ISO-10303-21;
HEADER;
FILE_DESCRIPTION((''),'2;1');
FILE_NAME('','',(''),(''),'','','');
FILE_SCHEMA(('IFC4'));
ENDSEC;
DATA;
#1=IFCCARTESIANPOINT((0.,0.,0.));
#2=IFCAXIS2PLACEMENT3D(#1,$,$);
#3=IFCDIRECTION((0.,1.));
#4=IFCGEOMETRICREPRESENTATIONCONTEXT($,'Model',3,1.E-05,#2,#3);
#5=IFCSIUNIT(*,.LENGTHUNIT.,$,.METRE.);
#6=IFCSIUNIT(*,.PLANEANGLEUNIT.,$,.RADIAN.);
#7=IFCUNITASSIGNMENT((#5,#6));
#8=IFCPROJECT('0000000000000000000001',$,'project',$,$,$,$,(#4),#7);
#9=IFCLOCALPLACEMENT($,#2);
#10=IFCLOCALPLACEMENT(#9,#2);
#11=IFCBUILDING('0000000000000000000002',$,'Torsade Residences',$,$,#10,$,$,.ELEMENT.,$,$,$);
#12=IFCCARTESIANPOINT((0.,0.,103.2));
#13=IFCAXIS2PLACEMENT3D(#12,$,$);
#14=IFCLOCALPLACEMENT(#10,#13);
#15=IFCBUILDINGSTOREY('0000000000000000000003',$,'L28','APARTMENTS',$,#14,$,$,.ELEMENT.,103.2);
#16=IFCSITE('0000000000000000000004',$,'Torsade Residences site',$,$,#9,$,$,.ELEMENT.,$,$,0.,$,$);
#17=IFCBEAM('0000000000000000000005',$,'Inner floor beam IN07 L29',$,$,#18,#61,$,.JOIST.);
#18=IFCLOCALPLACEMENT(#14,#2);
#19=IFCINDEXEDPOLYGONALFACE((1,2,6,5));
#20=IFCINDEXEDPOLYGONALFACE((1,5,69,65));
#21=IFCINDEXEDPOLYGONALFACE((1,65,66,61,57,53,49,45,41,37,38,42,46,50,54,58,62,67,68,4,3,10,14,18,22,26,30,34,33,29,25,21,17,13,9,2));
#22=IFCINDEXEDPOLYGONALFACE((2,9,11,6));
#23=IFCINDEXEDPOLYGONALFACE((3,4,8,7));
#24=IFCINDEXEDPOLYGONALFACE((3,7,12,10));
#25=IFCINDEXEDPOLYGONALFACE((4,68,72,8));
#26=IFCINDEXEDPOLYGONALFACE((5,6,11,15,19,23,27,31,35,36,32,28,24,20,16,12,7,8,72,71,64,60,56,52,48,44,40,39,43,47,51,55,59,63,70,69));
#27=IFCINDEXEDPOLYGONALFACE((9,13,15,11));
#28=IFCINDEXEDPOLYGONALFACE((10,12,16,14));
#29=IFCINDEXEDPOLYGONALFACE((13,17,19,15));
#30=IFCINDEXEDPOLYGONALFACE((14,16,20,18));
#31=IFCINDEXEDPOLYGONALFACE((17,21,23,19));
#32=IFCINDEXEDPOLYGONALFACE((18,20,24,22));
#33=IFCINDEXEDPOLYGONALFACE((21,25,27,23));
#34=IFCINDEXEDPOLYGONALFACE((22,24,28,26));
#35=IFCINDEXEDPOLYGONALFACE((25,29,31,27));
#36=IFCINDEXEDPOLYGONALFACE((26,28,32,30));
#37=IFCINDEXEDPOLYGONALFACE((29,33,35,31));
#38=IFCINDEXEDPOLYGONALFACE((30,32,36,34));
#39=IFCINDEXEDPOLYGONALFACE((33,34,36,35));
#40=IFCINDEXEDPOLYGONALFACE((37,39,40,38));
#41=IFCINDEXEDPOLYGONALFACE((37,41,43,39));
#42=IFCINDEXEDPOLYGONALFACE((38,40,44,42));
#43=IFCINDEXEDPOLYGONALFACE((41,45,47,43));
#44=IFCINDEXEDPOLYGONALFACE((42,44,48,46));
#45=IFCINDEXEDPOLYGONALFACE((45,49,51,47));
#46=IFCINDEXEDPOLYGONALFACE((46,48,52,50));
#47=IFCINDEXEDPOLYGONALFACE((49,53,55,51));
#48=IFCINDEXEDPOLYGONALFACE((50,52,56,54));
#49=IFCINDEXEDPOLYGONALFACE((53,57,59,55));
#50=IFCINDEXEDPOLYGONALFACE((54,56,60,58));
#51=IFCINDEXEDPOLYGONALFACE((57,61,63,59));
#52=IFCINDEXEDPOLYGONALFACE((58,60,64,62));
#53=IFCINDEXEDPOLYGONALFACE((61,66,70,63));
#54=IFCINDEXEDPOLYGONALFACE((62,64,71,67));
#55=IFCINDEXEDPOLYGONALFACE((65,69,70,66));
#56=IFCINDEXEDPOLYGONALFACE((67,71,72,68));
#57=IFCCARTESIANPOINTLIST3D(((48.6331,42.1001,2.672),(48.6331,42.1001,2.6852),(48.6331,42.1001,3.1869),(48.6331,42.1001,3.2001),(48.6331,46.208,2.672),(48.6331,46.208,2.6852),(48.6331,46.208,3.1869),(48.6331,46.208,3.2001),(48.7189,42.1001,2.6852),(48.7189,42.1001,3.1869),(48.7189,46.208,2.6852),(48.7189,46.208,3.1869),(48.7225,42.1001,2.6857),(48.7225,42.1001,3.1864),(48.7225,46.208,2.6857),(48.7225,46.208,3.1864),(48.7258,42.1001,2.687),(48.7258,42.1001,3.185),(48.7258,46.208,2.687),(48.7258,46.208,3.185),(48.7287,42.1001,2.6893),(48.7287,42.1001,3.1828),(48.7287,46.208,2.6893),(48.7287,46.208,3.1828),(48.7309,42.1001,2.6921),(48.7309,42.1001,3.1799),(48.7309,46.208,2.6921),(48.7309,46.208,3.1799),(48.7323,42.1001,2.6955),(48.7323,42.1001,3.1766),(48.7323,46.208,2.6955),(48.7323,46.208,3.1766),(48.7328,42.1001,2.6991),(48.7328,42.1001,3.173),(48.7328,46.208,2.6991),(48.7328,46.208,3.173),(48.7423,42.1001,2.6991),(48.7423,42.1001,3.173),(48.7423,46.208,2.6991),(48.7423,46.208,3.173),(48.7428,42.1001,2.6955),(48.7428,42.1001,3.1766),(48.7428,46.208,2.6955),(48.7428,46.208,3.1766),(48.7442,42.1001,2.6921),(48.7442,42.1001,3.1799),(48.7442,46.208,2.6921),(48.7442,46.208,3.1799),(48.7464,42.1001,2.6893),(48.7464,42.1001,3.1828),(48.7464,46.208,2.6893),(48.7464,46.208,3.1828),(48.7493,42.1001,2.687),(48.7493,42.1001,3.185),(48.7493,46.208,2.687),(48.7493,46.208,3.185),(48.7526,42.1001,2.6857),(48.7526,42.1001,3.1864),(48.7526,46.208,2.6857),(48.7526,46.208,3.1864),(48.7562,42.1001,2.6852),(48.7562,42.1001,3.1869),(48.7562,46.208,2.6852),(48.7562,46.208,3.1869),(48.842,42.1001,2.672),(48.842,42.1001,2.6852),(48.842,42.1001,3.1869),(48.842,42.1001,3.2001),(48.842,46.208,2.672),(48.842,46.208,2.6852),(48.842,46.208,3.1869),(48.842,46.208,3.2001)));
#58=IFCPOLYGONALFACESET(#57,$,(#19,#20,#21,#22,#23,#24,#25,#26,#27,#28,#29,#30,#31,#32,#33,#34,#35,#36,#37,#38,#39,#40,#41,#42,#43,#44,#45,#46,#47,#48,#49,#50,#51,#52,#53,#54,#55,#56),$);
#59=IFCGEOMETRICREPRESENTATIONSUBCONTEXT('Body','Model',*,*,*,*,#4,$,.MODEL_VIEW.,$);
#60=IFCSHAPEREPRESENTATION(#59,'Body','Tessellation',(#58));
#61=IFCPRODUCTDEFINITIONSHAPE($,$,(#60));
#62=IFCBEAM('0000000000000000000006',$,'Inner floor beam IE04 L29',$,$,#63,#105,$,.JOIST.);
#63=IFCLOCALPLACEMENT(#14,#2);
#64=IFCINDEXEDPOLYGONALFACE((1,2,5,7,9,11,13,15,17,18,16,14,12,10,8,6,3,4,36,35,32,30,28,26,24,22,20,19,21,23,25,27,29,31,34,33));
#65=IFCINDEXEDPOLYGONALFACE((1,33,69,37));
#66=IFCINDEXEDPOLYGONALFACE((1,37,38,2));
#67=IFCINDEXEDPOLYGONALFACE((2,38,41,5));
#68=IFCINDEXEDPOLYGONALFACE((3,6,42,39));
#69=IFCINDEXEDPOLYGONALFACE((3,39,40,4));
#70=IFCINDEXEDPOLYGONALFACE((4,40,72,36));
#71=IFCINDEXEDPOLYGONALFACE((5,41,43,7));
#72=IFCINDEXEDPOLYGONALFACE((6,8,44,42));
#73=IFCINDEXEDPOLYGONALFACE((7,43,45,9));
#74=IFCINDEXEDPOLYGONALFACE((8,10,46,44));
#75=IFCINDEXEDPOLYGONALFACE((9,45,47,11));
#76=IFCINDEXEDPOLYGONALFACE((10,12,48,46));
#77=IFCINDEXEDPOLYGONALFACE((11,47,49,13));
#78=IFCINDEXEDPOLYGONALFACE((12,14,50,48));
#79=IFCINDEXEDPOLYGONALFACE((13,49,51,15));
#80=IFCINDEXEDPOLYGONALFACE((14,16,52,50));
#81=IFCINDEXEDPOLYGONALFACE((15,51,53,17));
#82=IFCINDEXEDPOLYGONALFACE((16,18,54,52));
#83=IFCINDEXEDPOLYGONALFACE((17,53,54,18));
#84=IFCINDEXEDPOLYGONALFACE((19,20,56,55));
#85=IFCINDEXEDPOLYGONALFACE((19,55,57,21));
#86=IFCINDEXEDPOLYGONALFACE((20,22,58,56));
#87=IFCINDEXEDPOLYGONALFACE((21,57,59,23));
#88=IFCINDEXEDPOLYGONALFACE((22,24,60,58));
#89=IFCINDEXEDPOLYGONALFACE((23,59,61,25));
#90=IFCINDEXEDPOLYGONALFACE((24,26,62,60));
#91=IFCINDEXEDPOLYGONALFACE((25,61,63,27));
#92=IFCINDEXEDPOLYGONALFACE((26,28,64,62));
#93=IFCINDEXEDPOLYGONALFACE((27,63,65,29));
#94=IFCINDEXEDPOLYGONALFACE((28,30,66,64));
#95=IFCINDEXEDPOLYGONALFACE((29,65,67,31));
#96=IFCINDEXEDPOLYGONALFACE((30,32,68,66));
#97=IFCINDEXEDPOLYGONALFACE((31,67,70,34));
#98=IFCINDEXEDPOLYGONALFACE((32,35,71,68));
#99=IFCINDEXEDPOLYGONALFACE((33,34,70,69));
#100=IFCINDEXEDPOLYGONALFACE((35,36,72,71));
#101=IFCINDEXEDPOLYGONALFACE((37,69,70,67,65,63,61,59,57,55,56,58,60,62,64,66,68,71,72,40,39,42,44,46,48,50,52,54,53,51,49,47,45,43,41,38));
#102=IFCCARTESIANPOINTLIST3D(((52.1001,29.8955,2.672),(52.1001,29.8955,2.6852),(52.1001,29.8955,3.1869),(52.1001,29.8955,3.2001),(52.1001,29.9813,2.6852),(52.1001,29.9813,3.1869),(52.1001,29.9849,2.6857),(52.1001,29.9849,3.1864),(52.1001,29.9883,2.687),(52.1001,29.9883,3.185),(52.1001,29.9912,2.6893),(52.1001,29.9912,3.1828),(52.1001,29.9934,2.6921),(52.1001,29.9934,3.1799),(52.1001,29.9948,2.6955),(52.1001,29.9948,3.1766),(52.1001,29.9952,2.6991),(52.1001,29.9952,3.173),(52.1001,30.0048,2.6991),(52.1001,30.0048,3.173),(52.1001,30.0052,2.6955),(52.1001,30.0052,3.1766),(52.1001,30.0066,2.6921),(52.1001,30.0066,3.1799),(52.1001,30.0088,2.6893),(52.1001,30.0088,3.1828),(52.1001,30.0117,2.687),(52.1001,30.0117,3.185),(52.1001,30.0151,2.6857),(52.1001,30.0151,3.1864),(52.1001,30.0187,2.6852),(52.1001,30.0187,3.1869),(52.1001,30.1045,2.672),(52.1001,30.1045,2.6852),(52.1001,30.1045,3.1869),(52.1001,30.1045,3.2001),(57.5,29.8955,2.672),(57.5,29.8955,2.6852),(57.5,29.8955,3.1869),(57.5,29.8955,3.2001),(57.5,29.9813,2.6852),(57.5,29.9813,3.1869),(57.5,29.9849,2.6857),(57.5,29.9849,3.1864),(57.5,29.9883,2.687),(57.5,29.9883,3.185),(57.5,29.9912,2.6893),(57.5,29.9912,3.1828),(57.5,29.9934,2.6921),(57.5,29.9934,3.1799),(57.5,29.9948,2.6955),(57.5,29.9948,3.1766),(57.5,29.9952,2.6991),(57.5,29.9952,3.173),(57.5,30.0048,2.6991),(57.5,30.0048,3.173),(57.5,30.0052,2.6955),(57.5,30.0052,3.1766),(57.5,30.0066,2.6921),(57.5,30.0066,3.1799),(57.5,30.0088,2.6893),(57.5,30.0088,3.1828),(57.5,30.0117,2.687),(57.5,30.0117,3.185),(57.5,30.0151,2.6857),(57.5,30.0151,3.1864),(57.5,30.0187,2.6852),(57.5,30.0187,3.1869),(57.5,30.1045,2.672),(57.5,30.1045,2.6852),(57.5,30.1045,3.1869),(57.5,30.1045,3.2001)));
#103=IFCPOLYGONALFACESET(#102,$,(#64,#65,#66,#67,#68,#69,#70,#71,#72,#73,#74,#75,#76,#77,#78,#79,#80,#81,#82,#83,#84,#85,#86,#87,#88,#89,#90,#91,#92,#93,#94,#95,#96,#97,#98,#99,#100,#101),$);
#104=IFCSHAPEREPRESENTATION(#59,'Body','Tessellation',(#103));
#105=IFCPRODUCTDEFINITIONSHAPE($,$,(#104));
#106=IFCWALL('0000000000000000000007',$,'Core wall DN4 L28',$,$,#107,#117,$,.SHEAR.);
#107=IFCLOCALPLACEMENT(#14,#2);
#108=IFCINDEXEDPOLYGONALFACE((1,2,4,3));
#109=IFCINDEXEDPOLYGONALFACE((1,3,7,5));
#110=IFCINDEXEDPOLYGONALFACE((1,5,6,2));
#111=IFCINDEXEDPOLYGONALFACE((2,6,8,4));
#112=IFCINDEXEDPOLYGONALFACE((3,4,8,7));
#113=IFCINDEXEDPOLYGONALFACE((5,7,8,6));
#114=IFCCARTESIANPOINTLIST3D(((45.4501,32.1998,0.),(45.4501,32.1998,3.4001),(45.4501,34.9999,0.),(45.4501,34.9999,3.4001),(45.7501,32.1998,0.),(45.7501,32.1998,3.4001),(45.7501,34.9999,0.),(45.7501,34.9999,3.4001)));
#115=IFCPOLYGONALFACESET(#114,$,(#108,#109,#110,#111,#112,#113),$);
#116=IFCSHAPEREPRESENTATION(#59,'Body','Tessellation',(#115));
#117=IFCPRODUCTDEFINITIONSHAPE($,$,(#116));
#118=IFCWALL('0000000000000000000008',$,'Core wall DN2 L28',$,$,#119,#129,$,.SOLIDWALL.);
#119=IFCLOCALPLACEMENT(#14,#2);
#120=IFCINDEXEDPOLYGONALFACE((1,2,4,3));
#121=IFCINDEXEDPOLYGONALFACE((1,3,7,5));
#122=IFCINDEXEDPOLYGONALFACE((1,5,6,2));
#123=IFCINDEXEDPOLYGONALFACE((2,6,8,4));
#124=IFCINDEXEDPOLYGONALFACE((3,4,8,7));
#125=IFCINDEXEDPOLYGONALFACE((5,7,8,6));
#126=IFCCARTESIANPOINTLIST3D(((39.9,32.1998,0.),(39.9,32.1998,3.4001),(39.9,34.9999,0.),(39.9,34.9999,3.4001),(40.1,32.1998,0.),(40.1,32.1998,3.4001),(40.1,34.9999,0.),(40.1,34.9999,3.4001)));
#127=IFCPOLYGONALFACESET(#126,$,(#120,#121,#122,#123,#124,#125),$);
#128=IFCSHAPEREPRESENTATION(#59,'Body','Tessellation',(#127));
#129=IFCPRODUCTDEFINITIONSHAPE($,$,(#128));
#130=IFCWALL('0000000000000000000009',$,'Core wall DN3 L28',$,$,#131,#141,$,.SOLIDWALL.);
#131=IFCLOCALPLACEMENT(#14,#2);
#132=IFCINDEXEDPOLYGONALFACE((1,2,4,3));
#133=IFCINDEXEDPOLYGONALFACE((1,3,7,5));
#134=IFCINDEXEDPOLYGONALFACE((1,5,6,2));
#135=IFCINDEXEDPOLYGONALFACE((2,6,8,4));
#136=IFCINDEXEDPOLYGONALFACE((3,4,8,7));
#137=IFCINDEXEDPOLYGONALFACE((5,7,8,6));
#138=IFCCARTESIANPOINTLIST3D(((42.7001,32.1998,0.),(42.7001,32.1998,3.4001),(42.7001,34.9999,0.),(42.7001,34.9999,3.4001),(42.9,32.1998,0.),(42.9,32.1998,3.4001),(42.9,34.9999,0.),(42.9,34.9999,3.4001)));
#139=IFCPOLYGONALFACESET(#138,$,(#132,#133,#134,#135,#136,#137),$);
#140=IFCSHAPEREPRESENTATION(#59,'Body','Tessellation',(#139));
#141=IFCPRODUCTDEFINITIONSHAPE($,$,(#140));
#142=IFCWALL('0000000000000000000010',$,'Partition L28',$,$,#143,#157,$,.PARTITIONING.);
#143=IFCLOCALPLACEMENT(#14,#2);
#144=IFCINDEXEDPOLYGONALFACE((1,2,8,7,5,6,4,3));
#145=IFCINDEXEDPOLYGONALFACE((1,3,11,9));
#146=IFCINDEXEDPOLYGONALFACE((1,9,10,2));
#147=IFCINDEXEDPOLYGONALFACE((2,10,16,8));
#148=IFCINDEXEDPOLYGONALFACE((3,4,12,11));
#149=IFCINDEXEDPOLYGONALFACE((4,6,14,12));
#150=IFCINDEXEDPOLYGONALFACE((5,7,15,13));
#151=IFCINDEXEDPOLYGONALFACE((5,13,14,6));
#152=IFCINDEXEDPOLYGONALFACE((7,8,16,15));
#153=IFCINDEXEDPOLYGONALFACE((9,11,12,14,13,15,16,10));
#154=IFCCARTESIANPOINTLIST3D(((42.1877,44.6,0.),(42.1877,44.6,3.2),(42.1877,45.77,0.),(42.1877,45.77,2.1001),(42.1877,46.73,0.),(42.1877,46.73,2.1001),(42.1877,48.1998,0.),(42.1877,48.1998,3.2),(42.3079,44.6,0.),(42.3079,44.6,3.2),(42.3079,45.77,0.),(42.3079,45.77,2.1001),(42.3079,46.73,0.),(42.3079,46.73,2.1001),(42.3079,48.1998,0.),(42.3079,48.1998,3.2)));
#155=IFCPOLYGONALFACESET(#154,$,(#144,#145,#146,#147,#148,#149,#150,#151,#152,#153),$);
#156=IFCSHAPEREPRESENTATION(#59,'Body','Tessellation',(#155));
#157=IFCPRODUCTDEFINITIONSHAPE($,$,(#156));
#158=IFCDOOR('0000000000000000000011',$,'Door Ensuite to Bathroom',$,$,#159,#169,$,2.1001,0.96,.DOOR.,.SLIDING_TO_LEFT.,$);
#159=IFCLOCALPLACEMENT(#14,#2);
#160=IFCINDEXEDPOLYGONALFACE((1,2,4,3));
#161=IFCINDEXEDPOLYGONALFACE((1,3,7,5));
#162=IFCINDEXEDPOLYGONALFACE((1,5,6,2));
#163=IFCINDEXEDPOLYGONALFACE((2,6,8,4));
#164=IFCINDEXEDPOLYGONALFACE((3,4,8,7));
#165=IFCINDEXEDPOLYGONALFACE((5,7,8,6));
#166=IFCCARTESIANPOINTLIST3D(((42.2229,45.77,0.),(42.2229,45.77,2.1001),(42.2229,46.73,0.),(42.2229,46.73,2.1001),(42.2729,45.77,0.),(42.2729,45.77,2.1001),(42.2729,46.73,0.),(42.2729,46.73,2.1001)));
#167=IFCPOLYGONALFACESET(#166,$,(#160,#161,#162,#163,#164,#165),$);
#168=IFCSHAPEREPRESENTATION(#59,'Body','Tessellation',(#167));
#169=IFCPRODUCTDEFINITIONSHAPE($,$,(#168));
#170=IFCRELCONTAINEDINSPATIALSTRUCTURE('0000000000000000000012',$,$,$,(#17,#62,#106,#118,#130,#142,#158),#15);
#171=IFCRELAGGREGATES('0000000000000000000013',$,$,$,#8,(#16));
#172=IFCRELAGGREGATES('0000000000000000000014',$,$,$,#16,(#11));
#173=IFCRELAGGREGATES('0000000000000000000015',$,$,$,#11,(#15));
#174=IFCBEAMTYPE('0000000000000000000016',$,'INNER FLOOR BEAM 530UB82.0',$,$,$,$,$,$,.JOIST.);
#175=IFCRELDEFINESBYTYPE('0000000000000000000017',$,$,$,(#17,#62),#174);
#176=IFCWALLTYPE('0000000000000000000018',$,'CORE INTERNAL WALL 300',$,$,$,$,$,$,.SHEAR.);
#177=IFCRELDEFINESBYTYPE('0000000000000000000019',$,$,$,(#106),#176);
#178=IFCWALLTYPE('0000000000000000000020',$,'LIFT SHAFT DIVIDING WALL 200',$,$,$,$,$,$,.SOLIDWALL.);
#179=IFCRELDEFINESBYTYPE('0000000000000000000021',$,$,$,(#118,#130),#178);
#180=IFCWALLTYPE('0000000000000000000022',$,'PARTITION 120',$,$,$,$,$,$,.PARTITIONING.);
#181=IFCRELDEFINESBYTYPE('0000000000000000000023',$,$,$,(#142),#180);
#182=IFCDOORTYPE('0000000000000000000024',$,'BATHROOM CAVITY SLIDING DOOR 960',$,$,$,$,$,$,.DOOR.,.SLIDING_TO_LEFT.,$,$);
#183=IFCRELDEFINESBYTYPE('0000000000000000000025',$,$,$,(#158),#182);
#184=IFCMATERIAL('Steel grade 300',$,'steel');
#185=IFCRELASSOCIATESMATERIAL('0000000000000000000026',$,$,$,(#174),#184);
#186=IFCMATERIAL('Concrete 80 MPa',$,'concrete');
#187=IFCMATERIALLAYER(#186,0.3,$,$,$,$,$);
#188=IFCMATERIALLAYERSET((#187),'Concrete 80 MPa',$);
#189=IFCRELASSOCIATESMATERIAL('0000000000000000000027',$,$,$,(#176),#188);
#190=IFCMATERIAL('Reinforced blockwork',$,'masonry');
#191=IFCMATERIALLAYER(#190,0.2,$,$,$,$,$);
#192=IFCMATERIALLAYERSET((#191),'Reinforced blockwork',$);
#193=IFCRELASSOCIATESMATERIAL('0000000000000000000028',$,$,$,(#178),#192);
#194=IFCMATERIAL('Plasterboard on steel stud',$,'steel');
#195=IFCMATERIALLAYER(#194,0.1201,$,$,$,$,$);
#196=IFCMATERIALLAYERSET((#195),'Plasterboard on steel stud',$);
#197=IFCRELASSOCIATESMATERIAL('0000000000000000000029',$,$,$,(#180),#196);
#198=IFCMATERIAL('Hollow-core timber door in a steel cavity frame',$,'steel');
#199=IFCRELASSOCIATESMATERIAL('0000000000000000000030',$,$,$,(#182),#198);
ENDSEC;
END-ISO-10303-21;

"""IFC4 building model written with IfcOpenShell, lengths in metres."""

from ifc_helpers import new_model, si_unit, direction, frame, frame_2d, origin, origin_2d, place, context, subcontext, project, spatial, rectangle, i_section, extrude, material, layer, layer_set, material_profile, profile_set, type_object, element, fill, save


model = new_model("IFC4")

# Units and contexts
model_context = context("Model", 3, precision=1e-05, world=origin(), true_north=direction((0.0, 1.0)))
body_context = subcontext(model_context, "Body", "Model", "MODEL_VIEW")
ifc_project = project(units=[si_unit("LENGTHUNIT", "METRE"), si_unit("PLANEANGLEUNIT", "RADIAN")], contexts=[model_context])

# Site, building, storey
site_placement = place(None, origin())
site = spatial("IfcSite", under=ifc_project, at=site_placement, Name="Torsade Residences site", CompositionType="ELEMENT", RefElevation=0.0)
building_placement = place(site_placement, origin())
building = spatial("IfcBuilding", under=site, at=building_placement, Name="Torsade Residences", CompositionType="ELEMENT")
storey_placement = place(building_placement, frame((0.0, 0.0, 103.2)))
storey = spatial("IfcBuildingStorey", under=building, at=storey_placement, Name="L28", Description="APARTMENTS", CompositionType="ELEMENT", Elevation=103.2)

# Beams
ifc_material_1 = material(Name="Steel grade 300", Category="steel")
ifc_material_profile_1 = material_profile(ifc_material_1, i_section(OverallWidth=0.209, OverallDepth=0.5281, WebThickness=0.0095, FlangeThickness=0.0132, FilletRadius=0.0139, at=origin_2d()), Name="530UB82.0")
ifc_profile_set_1 = profile_set([ifc_material_profile_1], Name="Steel grade 300")
beam_type = type_object("IfcBeamType", Name="INNER FLOOR BEAM 530UB82.0", PredefinedType="JOIST", material=ifc_profile_set_1)
beam_1_placement = place(storey_placement, frame((48.7375, 42.1001, 2.936), z_axis=(0.0, 1.0, 0.0), x_axis=(-1.0, 0.0, 0.0)))
element("IfcBeam", 1, at=beam_1_placement, inside=storey, type_object=beam_type, Name="Inner floor beam IN07 L29", PredefinedType="JOIST", context=body_context, shape_type="SweptSolid", body=[
    extrude(i_section(OverallWidth=0.209, OverallDepth=0.5281, WebThickness=0.0095, FlangeThickness=0.0132, FilletRadius=0.0139, at=origin_2d()), origin(), (0.0, 0.0, 1.0), 4.1079),
])
beam_2_placement = place(storey_placement, frame((52.1001, 30.0, 2.936), z_axis=(1.0, 0.0, 0.0), x_axis=(0.0, 1.0, 0.0)))
element("IfcBeam", 2, at=beam_2_placement, inside=storey, type_object=beam_type, Name="Inner floor beam IE04 L29", PredefinedType="JOIST", context=body_context, shape_type="SweptSolid", body=[
    extrude(i_section(OverallWidth=0.209, OverallDepth=0.5281, WebThickness=0.0095, FlangeThickness=0.0132, FilletRadius=0.0139, at=origin_2d()), origin(), (0.0, 0.0, 1.0), 5.3999),
])

# Walls
ifc_material_2 = material(Name="Concrete 80 MPa", Category="concrete")
ifc_layer_1 = layer(ifc_material_2, 0.3)
ifc_layer_set_1 = layer_set([ifc_layer_1], Name="Concrete 80 MPa")
wall_type_1 = type_object("IfcWallType", Name="CORE INTERNAL WALL 300", PredefinedType="SHEAR", material=ifc_layer_set_1)
wall_1_placement = place(storey_placement, frame((45.6001, 32.2, 0.0), z_axis=(0.0, 0.0, 1.0), x_axis=(0.0, 1.0, 0.0)))
element("IfcWall", 3, at=wall_1_placement, inside=storey, type_object=wall_type_1, Name="Core wall DN4 L28", PredefinedType="SHEAR", context=body_context, shape_type="SweptSolid", body=[
    extrude(rectangle(XDim=2.8, YDim=0.3, at=frame_2d((1.3999, 0.0))), origin(), (0.0, 0.0, 1.0), 3.4001),
])
ifc_material_3 = material(Name="Reinforced blockwork", Category="masonry")
ifc_layer_2 = layer(ifc_material_3, 0.2)
ifc_layer_set_2 = layer_set([ifc_layer_2], Name="Reinforced blockwork")
wall_type_2 = type_object("IfcWallType", Name="LIFT SHAFT DIVIDING WALL 200", PredefinedType="SOLIDWALL", material=ifc_layer_set_2)
for number, where, z_axis, x_axis, name in (
    (4, (40.0, 32.2, 0.0), (0.0, 0.0, 1.0), (0.0, 1.0, 0.0), "Core wall DN2 L28"),
    (5, (42.8, 32.2, 0.0), (0.0, 0.0, 1.0), (0.0, 1.0, 0.0), "Core wall DN3 L28"),
):
    element("IfcWall", number, at=place(storey_placement, frame(where, z_axis=z_axis, x_axis=x_axis)), inside=storey, type_object=wall_type_2, Name=name, PredefinedType="SOLIDWALL", context=body_context, shape_type="SweptSolid", body=[
        extrude(rectangle(XDim=2.8, YDim=0.2, at=frame_2d((1.3999, 0.0))), origin(), (0.0, 0.0, 1.0), 3.4001),
    ])

# Wall, opening, door
ifc_material_4 = material(Name="Plasterboard on steel stud", Category="steel")
ifc_layer_3 = layer(ifc_material_4, 0.1201)
ifc_layer_set_3 = layer_set([ifc_layer_3], Name="Plasterboard on steel stud")
wall_type_3 = type_object("IfcWallType", Name="PARTITION 120", PredefinedType="PARTITIONING", material=ifc_layer_set_3)
wall_2_placement = place(storey_placement, frame((42.2478, 44.6001, 0.0), z_axis=(0.0, 0.0, 1.0), x_axis=(0.0, 1.0, 0.0)))
wall_2 = element("IfcWall", 6, at=wall_2_placement, inside=storey, type_object=wall_type_3, Name="Partition L28", PredefinedType="PARTITIONING", context=body_context, shape_type="SweptSolid", body=[
    extrude(rectangle(XDim=3.5999, YDim=0.1201, at=frame_2d((1.7998, 0.0))), origin(), (0.0, 0.0, 1.0), 3.2),
])
opening_1_placement = place(wall_2_placement, frame((1.1699, 0.0, 0.0)))
opening_1 = element("IfcOpeningElement", 7, at=opening_1_placement, cuts=wall_2, PredefinedType="OPENING", context=body_context, shape_type="SweptSolid", body=[
    extrude(rectangle(XDim=0.96, YDim=2.1001, at=frame_2d((0.48, 1.05))), frame((0.0, 0.0701, 0.0), z_axis=(0.0, -1.0, 0.0), x_axis=(1.0, 0.0, 0.0)), (0.0, 0.0, 1.0), 0.1401),
])
ifc_material_5 = material(Name="Hollow-core timber door in a steel cavity frame", Category="steel")
door_type = type_object("IfcDoorType", Name="BATHROOM CAVITY SLIDING DOOR 960", OperationType="SLIDING_TO_LEFT", PredefinedType="DOOR", material=ifc_material_5)
door_1_placement = place(opening_1_placement, origin())
door_1 = element("IfcDoor", 8, at=door_1_placement, inside=storey, type_object=door_type, Name="Door Ensuite to Bathroom", OperationType="SLIDING_TO_LEFT", OverallHeight=2.1001, OverallWidth=0.96, PredefinedType="DOOR", context=body_context, shape_type="SweptSolid", body=[
    extrude(rectangle(XDim=0.96, YDim=2.1001, at=frame_2d((0.48, 1.05))), frame((0.0, 0.0249, 0.0), z_axis=(0.0, -1.0, 0.0), x_axis=(1.0, 0.0, 0.0)), (0.0, 0.0, 1.0), 0.05),
])
fill(opening_1, door_1)

save(model, "model.ifc")
